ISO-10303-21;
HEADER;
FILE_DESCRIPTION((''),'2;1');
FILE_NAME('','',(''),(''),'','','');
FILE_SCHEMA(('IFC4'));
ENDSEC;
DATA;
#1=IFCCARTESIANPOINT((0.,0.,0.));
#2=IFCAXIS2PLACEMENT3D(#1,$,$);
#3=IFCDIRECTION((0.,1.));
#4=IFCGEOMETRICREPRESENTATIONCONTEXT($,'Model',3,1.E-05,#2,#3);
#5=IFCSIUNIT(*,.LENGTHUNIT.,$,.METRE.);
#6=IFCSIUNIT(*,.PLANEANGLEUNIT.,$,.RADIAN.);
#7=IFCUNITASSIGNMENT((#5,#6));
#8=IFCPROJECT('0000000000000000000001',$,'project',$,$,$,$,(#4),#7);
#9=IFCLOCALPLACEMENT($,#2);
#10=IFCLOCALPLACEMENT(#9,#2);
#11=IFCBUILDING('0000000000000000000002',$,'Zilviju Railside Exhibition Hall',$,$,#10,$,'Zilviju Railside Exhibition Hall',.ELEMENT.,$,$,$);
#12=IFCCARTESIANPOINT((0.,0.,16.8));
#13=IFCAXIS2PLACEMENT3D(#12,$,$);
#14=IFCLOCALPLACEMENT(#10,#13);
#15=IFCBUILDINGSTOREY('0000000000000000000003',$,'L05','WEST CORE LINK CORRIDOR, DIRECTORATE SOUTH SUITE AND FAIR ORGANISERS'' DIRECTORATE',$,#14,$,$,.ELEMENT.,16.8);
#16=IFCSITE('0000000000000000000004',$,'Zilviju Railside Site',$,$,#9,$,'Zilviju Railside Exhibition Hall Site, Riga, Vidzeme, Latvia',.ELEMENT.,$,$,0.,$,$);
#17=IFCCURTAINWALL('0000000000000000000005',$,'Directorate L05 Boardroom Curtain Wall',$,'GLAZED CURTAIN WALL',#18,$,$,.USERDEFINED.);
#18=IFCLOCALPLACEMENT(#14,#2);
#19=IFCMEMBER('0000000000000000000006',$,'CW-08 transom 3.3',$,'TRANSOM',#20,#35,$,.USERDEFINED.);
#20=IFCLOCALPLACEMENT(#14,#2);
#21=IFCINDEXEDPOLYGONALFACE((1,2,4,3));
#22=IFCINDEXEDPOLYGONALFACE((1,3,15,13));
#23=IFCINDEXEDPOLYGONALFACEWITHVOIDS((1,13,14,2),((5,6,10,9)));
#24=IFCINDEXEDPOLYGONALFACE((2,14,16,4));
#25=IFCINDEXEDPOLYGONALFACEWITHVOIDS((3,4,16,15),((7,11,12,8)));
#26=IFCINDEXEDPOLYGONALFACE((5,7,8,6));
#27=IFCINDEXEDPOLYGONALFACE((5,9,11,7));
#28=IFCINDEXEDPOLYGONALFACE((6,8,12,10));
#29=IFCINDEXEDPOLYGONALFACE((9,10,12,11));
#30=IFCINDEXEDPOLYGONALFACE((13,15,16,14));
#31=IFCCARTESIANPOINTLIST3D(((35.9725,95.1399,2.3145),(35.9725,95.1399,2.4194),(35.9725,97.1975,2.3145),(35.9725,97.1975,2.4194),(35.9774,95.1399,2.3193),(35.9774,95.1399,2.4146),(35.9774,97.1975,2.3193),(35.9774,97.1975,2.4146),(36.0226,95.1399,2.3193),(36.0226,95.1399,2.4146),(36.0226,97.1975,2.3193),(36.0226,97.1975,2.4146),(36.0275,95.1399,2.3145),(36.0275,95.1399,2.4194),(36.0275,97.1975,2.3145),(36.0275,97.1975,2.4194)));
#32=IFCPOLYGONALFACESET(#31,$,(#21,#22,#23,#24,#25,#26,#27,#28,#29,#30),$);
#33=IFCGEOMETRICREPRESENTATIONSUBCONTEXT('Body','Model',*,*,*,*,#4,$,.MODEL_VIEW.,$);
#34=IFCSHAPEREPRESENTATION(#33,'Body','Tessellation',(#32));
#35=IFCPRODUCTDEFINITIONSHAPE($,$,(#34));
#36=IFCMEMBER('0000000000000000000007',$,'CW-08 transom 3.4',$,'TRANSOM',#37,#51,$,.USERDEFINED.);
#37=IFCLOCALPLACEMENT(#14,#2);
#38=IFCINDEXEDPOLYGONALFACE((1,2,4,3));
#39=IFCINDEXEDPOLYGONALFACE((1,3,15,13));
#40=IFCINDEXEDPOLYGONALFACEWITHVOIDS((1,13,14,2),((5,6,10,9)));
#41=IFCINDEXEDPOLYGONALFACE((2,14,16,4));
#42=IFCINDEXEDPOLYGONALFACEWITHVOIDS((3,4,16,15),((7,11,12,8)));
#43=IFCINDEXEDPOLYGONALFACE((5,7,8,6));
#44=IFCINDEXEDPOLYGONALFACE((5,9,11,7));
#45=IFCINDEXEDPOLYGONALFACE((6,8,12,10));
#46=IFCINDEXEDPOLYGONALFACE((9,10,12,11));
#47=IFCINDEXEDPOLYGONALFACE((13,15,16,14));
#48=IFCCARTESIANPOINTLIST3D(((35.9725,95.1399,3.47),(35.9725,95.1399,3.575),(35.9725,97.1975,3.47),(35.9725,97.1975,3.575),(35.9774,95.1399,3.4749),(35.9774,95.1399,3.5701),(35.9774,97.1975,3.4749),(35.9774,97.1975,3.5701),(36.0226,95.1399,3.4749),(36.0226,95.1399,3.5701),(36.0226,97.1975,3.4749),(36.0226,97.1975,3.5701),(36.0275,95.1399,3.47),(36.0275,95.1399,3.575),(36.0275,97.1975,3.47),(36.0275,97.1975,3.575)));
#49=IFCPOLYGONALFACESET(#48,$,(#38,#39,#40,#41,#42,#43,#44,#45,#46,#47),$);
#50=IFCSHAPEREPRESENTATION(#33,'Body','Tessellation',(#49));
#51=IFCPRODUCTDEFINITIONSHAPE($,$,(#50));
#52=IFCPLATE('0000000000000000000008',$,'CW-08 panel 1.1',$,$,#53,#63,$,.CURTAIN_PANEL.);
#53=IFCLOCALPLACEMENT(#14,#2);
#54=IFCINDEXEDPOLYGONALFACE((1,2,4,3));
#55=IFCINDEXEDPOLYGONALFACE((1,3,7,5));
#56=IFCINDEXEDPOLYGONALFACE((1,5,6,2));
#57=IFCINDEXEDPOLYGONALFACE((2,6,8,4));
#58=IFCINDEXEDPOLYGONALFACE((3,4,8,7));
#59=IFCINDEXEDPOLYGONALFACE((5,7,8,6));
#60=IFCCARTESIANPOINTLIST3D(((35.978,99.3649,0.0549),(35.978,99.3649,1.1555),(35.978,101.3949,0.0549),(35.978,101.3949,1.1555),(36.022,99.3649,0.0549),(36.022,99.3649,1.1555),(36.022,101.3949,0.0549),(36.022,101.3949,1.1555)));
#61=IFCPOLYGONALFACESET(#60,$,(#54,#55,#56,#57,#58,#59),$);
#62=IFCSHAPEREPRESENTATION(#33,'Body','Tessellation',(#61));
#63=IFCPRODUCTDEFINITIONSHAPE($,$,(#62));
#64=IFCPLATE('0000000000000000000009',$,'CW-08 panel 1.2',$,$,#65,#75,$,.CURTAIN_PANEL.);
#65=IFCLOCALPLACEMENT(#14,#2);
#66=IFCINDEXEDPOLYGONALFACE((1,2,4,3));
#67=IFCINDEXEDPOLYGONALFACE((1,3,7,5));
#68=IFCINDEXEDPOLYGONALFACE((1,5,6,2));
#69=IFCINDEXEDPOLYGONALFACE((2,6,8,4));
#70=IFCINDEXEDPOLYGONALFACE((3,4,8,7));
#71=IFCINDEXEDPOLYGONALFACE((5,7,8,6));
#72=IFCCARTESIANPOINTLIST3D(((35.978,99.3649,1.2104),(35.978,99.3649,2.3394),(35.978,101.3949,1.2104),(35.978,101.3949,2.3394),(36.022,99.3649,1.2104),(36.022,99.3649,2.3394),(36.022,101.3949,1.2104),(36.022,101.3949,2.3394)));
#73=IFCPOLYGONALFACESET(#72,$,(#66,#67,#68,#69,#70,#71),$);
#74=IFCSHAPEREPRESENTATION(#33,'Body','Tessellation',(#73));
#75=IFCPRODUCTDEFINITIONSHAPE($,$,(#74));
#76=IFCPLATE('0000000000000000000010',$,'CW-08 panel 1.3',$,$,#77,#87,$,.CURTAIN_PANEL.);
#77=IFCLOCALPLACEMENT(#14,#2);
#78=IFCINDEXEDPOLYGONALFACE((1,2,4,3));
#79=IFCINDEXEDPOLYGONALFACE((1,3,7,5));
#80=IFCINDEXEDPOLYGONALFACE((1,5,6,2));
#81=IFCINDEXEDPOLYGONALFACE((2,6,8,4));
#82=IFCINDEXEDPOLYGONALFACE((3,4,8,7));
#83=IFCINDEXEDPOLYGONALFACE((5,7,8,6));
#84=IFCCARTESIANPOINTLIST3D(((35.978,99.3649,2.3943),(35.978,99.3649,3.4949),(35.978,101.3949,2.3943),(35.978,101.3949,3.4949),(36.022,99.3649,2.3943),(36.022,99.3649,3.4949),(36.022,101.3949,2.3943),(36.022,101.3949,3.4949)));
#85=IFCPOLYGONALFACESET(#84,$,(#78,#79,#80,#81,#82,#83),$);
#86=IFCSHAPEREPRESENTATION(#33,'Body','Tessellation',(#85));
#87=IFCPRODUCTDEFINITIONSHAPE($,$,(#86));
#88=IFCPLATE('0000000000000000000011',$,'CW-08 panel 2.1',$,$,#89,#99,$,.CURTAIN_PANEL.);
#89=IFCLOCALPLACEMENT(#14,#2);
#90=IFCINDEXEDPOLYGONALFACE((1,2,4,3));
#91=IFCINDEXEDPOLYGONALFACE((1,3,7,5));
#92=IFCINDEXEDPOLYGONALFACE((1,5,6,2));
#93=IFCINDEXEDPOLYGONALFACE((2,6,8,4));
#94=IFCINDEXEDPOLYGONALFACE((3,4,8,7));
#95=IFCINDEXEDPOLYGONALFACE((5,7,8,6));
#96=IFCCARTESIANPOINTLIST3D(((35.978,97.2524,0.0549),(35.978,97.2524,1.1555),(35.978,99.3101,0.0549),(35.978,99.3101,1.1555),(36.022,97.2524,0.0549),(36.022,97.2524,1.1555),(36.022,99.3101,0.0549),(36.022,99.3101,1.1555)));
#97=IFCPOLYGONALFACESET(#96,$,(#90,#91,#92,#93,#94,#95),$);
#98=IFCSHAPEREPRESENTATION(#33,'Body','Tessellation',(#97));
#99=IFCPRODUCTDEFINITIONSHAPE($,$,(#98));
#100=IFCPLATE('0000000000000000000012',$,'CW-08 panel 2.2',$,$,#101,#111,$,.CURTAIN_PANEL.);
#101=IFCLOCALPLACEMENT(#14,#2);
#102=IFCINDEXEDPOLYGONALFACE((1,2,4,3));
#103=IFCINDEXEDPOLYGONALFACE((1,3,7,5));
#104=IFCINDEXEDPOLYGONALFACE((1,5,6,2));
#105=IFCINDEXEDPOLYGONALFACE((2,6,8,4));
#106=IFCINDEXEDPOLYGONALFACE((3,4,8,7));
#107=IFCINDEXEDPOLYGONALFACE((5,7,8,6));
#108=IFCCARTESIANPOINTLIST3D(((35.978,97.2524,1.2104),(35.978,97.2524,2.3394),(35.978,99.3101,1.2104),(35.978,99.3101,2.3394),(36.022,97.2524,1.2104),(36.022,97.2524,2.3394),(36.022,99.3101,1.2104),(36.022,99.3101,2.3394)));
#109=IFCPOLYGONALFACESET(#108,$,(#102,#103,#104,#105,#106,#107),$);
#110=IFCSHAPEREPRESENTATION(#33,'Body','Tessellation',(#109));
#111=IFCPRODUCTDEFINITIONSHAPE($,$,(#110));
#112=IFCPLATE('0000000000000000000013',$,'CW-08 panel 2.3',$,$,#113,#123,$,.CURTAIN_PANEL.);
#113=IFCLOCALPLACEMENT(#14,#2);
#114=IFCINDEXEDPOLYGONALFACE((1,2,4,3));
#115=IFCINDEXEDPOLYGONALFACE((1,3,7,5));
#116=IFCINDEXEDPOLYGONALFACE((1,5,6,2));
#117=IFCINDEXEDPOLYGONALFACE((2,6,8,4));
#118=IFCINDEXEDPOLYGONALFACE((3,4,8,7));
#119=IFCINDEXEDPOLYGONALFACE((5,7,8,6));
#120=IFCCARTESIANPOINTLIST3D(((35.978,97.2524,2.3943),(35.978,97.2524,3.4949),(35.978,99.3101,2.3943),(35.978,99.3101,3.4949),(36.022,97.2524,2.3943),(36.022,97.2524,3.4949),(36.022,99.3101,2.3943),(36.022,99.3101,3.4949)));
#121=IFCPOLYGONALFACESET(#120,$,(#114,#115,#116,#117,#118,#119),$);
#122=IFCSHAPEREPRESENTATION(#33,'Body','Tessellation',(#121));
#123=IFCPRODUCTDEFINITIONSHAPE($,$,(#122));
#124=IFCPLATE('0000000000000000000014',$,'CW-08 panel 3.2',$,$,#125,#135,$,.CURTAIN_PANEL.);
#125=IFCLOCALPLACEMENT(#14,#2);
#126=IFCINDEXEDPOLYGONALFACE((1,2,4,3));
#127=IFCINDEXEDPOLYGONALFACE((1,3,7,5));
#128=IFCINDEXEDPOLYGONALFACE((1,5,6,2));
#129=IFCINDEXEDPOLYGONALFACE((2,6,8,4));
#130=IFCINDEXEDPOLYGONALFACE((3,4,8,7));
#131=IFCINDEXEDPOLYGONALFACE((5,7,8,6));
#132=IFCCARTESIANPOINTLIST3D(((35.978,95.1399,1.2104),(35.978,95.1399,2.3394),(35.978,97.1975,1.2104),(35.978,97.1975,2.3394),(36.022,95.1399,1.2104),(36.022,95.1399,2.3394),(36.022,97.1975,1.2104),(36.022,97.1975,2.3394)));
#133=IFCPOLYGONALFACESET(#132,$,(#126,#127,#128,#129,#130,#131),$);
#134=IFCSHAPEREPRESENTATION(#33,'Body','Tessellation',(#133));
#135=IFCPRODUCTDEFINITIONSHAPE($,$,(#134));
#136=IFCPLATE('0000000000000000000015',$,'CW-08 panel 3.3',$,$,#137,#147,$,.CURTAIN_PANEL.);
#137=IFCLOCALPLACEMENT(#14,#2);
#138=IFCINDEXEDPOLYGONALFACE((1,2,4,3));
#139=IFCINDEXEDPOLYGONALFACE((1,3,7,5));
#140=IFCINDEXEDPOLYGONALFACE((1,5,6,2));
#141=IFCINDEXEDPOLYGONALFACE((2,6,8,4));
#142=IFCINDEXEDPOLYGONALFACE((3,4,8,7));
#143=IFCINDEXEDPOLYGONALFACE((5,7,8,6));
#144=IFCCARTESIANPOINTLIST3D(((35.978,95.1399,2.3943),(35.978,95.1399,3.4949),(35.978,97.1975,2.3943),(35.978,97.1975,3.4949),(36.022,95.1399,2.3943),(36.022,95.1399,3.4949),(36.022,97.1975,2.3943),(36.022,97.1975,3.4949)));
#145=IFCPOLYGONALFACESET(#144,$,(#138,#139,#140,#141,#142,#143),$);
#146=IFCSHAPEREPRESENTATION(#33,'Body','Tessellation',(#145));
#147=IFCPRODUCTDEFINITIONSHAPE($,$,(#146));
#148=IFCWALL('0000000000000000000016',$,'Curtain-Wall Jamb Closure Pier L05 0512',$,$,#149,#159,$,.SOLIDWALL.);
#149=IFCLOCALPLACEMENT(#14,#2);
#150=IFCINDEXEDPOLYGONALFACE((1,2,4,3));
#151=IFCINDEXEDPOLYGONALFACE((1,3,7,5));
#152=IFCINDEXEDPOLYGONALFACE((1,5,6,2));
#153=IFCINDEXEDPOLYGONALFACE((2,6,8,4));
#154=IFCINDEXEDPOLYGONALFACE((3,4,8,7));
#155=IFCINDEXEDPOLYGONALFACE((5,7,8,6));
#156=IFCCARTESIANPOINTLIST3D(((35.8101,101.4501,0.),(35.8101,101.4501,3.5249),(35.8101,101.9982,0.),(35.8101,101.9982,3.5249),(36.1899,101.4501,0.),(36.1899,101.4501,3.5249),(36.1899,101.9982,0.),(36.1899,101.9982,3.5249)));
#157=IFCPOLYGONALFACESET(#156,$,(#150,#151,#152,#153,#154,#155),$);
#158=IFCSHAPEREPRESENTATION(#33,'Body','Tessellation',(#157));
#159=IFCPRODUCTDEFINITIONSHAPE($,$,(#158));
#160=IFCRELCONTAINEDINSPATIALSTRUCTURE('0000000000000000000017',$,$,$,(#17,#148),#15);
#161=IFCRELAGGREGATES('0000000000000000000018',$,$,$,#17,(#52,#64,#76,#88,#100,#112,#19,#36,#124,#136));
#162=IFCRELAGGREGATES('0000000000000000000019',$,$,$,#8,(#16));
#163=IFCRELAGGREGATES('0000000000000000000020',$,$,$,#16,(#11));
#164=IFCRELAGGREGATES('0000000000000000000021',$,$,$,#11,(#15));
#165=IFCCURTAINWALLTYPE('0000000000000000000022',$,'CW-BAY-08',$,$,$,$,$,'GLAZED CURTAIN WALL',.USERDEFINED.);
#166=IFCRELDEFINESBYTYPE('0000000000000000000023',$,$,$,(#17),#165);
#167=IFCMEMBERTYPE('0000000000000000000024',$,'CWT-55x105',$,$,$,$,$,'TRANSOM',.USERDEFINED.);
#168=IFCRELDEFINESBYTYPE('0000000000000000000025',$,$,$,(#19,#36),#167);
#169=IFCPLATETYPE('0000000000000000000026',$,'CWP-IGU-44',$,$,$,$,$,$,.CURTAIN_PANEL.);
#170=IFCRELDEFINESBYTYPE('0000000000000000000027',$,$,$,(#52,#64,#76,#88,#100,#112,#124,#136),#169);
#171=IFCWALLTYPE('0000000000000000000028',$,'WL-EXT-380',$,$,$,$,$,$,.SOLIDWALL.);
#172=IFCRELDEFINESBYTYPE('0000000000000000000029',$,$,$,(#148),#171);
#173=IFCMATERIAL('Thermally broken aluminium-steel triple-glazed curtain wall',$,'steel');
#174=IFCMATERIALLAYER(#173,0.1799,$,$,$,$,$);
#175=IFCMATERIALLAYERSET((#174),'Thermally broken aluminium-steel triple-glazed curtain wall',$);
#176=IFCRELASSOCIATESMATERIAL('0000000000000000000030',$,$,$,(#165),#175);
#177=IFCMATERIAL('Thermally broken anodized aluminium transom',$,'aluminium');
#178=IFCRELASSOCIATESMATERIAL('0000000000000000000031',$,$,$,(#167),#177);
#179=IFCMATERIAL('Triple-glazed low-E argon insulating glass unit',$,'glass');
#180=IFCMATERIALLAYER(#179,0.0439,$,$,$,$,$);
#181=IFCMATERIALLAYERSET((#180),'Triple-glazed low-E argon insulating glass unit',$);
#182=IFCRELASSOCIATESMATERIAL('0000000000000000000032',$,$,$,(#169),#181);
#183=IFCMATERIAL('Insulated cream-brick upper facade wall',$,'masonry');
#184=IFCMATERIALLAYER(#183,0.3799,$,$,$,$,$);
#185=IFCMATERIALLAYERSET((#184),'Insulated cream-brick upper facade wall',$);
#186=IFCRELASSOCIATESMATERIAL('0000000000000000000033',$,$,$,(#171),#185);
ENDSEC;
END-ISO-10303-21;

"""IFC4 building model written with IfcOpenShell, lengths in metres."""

from ifc_helpers import new_model, si_unit, direction, frame, frame_2d, origin, origin_2d, place, context, subcontext, project, spatial, rectangle, hollow_rectangle, extrude, material, layer, layer_set, material_profile, profile_set, type_object, element, aggregate, save


model = new_model("IFC4")

# Units and contexts
model_context = context("Model", 3, precision=1e-05, world=origin(), true_north=direction((0.0, 1.0)))
body_context = subcontext(model_context, "Body", "Model", "MODEL_VIEW")
ifc_project = project(units=[si_unit("LENGTHUNIT", "METRE"), si_unit("PLANEANGLEUNIT", "RADIAN")], contexts=[model_context])

# Site, building, storey
site_placement = place(None, origin())
site = spatial("IfcSite", under=ifc_project, at=site_placement, Name="Zilviju Railside Site", LongName="Zilviju Railside Exhibition Hall Site, Riga, Vidzeme, Latvia", CompositionType="ELEMENT", RefElevation=0.0)
building_placement = place(site_placement, origin())
building = spatial("IfcBuilding", under=site, at=building_placement, Name="Zilviju Railside Exhibition Hall", LongName="Zilviju Railside Exhibition Hall", CompositionType="ELEMENT")
storey_placement = place(building_placement, frame((0.0, 0.0, 16.8)))
storey = spatial("IfcBuildingStorey", under=building, at=storey_placement, Name="L05", Description="WEST CORE LINK CORRIDOR, DIRECTORATE SOUTH SUITE AND FAIR ORGANISERS' DIRECTORATE", CompositionType="ELEMENT", Elevation=16.8)

# Curtain wall, members, plates
ifc_material_1 = material(Name="Thermally broken aluminium-steel triple-glazed curtain wall", Category="steel")
ifc_layer_1 = layer(ifc_material_1, 0.1799)
ifc_layer_set_1 = layer_set([ifc_layer_1], Name="Thermally broken aluminium-steel triple-glazed curtain wall")
curtain_wall_type = type_object("IfcCurtainWallType", Name="CW-BAY-08", ElementType="GLAZED CURTAIN WALL", PredefinedType="USERDEFINED", material=ifc_layer_set_1)
curtain_wall_placement = place(storey_placement, origin())
curtain_wall = element("IfcCurtainWall", 1, at=curtain_wall_placement, inside=storey, type_object=curtain_wall_type, Name="Directorate L05 Boardroom Curtain Wall", ObjectType="GLAZED CURTAIN WALL", PredefinedType="USERDEFINED")
ifc_material_2 = material(Name="Thermally broken anodized aluminium transom", Category="aluminium")
ifc_material_profile_1 = material_profile(ifc_material_2, hollow_rectangle(XDim=0.0549, YDim=0.105, WallThickness=0.0049, at=origin_2d()), Name="TRANSOM 105x55x5")
ifc_profile_set_1 = profile_set([ifc_material_profile_1], Name="Thermally broken anodized aluminium transom")
member_type_1 = type_object("IfcMemberType", Name="CWT-55x105", ElementType="TRANSOM", PredefinedType="USERDEFINED", material=ifc_profile_set_1)
member_1_placement = place(storey_placement, frame((36.0, 97.1975, 2.3669), z_axis=(0.0, -1.0, 0.0), x_axis=(1.0, 0.0, 0.0)))
member_1 = element("IfcMember", 2, at=member_1_placement, type_object=member_type_1, Name="CW-08 transom 3.3", ObjectType="TRANSOM", PredefinedType="USERDEFINED", context=body_context, shape_type="SweptSolid", body=[
    extrude(hollow_rectangle(XDim=0.0549, YDim=0.105, WallThickness=0.0049, at=origin_2d()), origin(), (0.0, 0.0, 1.0), 2.0576),
])
member_2_placement = place(storey_placement, frame((36.0, 97.1975, 3.5225), z_axis=(0.0, -1.0, 0.0), x_axis=(1.0, 0.0, 0.0)))
member_2 = element("IfcMember", 3, at=member_2_placement, type_object=member_type_1, Name="CW-08 transom 3.4", ObjectType="TRANSOM", PredefinedType="USERDEFINED", context=body_context, shape_type="SweptSolid", body=[
    extrude(hollow_rectangle(XDim=0.0549, YDim=0.105, WallThickness=0.0049, at=origin_2d()), origin(), (0.0, 0.0, 1.0), 2.0576),
])
ifc_material_3 = material(Name="Triple-glazed low-E argon insulating glass unit", Category="glass")
ifc_layer_2 = layer(ifc_material_3, 0.0439)
ifc_layer_set_2 = layer_set([ifc_layer_2], Name="Triple-glazed low-E argon insulating glass unit")
plate_type = type_object("IfcPlateType", Name="CWP-IGU-44", PredefinedType="CURTAIN_PANEL", material=ifc_layer_set_2)
plate_1_placement = place(storey_placement, frame((36.0, 100.3799, 0.0549), z_axis=(0.0, 0.0, 1.0), x_axis=(0.0, -1.0, 0.0)))
plate_1 = element("IfcPlate", 4, at=plate_1_placement, type_object=plate_type, Name="CW-08 panel 1.1", PredefinedType="CURTAIN_PANEL", context=body_context, shape_type="SweptSolid", body=[
    extrude(rectangle(XDim=2.03, YDim=0.0439, at=origin_2d()), origin(), (0.0, 0.0, 1.0), 1.1006),
])
plate_2_placement = place(storey_placement, frame((36.0, 100.3799, 1.2104), z_axis=(0.0, 0.0, 1.0), x_axis=(0.0, -1.0, 0.0)))
plate_2 = element("IfcPlate", 5, at=plate_2_placement, type_object=plate_type, Name="CW-08 panel 1.2", PredefinedType="CURTAIN_PANEL", context=body_context, shape_type="SweptSolid", body=[
    extrude(rectangle(XDim=2.03, YDim=0.0439, at=origin_2d()), origin(), (0.0, 0.0, 1.0), 1.1289),
])
plate_3_placement = place(storey_placement, frame((36.0, 100.3799, 2.3943), z_axis=(0.0, 0.0, 1.0), x_axis=(0.0, -1.0, 0.0)))
plate_3 = element("IfcPlate", 6, at=plate_3_placement, type_object=plate_type, Name="CW-08 panel 1.3", PredefinedType="CURTAIN_PANEL", context=body_context, shape_type="SweptSolid", body=[
    extrude(rectangle(XDim=2.03, YDim=0.0439, at=origin_2d()), origin(), (0.0, 0.0, 1.0), 1.1006),
])
plate_4_placement = place(storey_placement, frame((36.0, 98.2812, 0.0549), z_axis=(0.0, 0.0, 1.0), x_axis=(0.0, -1.0, 0.0)))
plate_4 = element("IfcPlate", 7, at=plate_4_placement, type_object=plate_type, Name="CW-08 panel 2.1", PredefinedType="CURTAIN_PANEL", context=body_context, shape_type="SweptSolid", body=[
    extrude(rectangle(XDim=2.0576, YDim=0.0439, at=origin_2d()), origin(), (0.0, 0.0, 1.0), 1.1006),
])
plate_5_placement = place(storey_placement, frame((36.0, 98.2812, 1.2104), z_axis=(0.0, 0.0, 1.0), x_axis=(0.0, -1.0, 0.0)))
plate_5 = element("IfcPlate", 8, at=plate_5_placement, type_object=plate_type, Name="CW-08 panel 2.2", PredefinedType="CURTAIN_PANEL", context=body_context, shape_type="SweptSolid", body=[
    extrude(rectangle(XDim=2.0576, YDim=0.0439, at=origin_2d()), origin(), (0.0, 0.0, 1.0), 1.1289),
])
plate_6_placement = place(storey_placement, frame((36.0, 98.2812, 2.3943), z_axis=(0.0, 0.0, 1.0), x_axis=(0.0, -1.0, 0.0)))
plate_6 = element("IfcPlate", 9, at=plate_6_placement, type_object=plate_type, Name="CW-08 panel 2.3", PredefinedType="CURTAIN_PANEL", context=body_context, shape_type="SweptSolid", body=[
    extrude(rectangle(XDim=2.0576, YDim=0.0439, at=origin_2d()), origin(), (0.0, 0.0, 1.0), 1.1006),
])
plate_7_placement = place(storey_placement, frame((36.0, 96.1687, 1.2104), z_axis=(0.0, 0.0, 1.0), x_axis=(0.0, -1.0, 0.0)))
plate_7 = element("IfcPlate", 10, at=plate_7_placement, type_object=plate_type, Name="CW-08 panel 3.2", PredefinedType="CURTAIN_PANEL", context=body_context, shape_type="SweptSolid", body=[
    extrude(rectangle(XDim=2.0576, YDim=0.0439, at=origin_2d()), origin(), (0.0, 0.0, 1.0), 1.1289),
])
plate_8_placement = place(storey_placement, frame((36.0, 96.1687, 2.3943), z_axis=(0.0, 0.0, 1.0), x_axis=(0.0, -1.0, 0.0)))
plate_8 = element("IfcPlate", 11, at=plate_8_placement, type_object=plate_type, Name="CW-08 panel 3.3", PredefinedType="CURTAIN_PANEL", context=body_context, shape_type="SweptSolid", body=[
    extrude(rectangle(XDim=2.0576, YDim=0.0439, at=origin_2d()), origin(), (0.0, 0.0, 1.0), 1.1006),
])
aggregate(curtain_wall, [plate_1, plate_2, plate_3, plate_4, plate_5, plate_6, member_1, member_2, plate_7, plate_8])

# Wall
ifc_material_4 = material(Name="Insulated cream-brick upper facade wall", Category="masonry")
ifc_layer_3 = layer(ifc_material_4, 0.3799)
ifc_layer_set_3 = layer_set([ifc_layer_3], Name="Insulated cream-brick upper facade wall")
wall_type = type_object("IfcWallType", Name="WL-EXT-380", PredefinedType="SOLIDWALL", material=ifc_layer_set_3)
wall_placement = place(storey_placement, frame((36.0, 101.998, 0.0), z_axis=(0.0, 0.0, 1.0), x_axis=(0.0, -1.0, 0.0)))
element("IfcWall", 12, at=wall_placement, inside=storey, type_object=wall_type, Name="Curtain-Wall Jamb Closure Pier L05 0512", PredefinedType="SOLIDWALL", context=body_context, shape_type="SweptSolid", body=[
    extrude(rectangle(XDim=0.5481, YDim=0.3799, at=frame_2d((0.2739, 0.0))), origin(), (0.0, 0.0, 1.0), 3.5249),
])

save(model, "model.ifc")
